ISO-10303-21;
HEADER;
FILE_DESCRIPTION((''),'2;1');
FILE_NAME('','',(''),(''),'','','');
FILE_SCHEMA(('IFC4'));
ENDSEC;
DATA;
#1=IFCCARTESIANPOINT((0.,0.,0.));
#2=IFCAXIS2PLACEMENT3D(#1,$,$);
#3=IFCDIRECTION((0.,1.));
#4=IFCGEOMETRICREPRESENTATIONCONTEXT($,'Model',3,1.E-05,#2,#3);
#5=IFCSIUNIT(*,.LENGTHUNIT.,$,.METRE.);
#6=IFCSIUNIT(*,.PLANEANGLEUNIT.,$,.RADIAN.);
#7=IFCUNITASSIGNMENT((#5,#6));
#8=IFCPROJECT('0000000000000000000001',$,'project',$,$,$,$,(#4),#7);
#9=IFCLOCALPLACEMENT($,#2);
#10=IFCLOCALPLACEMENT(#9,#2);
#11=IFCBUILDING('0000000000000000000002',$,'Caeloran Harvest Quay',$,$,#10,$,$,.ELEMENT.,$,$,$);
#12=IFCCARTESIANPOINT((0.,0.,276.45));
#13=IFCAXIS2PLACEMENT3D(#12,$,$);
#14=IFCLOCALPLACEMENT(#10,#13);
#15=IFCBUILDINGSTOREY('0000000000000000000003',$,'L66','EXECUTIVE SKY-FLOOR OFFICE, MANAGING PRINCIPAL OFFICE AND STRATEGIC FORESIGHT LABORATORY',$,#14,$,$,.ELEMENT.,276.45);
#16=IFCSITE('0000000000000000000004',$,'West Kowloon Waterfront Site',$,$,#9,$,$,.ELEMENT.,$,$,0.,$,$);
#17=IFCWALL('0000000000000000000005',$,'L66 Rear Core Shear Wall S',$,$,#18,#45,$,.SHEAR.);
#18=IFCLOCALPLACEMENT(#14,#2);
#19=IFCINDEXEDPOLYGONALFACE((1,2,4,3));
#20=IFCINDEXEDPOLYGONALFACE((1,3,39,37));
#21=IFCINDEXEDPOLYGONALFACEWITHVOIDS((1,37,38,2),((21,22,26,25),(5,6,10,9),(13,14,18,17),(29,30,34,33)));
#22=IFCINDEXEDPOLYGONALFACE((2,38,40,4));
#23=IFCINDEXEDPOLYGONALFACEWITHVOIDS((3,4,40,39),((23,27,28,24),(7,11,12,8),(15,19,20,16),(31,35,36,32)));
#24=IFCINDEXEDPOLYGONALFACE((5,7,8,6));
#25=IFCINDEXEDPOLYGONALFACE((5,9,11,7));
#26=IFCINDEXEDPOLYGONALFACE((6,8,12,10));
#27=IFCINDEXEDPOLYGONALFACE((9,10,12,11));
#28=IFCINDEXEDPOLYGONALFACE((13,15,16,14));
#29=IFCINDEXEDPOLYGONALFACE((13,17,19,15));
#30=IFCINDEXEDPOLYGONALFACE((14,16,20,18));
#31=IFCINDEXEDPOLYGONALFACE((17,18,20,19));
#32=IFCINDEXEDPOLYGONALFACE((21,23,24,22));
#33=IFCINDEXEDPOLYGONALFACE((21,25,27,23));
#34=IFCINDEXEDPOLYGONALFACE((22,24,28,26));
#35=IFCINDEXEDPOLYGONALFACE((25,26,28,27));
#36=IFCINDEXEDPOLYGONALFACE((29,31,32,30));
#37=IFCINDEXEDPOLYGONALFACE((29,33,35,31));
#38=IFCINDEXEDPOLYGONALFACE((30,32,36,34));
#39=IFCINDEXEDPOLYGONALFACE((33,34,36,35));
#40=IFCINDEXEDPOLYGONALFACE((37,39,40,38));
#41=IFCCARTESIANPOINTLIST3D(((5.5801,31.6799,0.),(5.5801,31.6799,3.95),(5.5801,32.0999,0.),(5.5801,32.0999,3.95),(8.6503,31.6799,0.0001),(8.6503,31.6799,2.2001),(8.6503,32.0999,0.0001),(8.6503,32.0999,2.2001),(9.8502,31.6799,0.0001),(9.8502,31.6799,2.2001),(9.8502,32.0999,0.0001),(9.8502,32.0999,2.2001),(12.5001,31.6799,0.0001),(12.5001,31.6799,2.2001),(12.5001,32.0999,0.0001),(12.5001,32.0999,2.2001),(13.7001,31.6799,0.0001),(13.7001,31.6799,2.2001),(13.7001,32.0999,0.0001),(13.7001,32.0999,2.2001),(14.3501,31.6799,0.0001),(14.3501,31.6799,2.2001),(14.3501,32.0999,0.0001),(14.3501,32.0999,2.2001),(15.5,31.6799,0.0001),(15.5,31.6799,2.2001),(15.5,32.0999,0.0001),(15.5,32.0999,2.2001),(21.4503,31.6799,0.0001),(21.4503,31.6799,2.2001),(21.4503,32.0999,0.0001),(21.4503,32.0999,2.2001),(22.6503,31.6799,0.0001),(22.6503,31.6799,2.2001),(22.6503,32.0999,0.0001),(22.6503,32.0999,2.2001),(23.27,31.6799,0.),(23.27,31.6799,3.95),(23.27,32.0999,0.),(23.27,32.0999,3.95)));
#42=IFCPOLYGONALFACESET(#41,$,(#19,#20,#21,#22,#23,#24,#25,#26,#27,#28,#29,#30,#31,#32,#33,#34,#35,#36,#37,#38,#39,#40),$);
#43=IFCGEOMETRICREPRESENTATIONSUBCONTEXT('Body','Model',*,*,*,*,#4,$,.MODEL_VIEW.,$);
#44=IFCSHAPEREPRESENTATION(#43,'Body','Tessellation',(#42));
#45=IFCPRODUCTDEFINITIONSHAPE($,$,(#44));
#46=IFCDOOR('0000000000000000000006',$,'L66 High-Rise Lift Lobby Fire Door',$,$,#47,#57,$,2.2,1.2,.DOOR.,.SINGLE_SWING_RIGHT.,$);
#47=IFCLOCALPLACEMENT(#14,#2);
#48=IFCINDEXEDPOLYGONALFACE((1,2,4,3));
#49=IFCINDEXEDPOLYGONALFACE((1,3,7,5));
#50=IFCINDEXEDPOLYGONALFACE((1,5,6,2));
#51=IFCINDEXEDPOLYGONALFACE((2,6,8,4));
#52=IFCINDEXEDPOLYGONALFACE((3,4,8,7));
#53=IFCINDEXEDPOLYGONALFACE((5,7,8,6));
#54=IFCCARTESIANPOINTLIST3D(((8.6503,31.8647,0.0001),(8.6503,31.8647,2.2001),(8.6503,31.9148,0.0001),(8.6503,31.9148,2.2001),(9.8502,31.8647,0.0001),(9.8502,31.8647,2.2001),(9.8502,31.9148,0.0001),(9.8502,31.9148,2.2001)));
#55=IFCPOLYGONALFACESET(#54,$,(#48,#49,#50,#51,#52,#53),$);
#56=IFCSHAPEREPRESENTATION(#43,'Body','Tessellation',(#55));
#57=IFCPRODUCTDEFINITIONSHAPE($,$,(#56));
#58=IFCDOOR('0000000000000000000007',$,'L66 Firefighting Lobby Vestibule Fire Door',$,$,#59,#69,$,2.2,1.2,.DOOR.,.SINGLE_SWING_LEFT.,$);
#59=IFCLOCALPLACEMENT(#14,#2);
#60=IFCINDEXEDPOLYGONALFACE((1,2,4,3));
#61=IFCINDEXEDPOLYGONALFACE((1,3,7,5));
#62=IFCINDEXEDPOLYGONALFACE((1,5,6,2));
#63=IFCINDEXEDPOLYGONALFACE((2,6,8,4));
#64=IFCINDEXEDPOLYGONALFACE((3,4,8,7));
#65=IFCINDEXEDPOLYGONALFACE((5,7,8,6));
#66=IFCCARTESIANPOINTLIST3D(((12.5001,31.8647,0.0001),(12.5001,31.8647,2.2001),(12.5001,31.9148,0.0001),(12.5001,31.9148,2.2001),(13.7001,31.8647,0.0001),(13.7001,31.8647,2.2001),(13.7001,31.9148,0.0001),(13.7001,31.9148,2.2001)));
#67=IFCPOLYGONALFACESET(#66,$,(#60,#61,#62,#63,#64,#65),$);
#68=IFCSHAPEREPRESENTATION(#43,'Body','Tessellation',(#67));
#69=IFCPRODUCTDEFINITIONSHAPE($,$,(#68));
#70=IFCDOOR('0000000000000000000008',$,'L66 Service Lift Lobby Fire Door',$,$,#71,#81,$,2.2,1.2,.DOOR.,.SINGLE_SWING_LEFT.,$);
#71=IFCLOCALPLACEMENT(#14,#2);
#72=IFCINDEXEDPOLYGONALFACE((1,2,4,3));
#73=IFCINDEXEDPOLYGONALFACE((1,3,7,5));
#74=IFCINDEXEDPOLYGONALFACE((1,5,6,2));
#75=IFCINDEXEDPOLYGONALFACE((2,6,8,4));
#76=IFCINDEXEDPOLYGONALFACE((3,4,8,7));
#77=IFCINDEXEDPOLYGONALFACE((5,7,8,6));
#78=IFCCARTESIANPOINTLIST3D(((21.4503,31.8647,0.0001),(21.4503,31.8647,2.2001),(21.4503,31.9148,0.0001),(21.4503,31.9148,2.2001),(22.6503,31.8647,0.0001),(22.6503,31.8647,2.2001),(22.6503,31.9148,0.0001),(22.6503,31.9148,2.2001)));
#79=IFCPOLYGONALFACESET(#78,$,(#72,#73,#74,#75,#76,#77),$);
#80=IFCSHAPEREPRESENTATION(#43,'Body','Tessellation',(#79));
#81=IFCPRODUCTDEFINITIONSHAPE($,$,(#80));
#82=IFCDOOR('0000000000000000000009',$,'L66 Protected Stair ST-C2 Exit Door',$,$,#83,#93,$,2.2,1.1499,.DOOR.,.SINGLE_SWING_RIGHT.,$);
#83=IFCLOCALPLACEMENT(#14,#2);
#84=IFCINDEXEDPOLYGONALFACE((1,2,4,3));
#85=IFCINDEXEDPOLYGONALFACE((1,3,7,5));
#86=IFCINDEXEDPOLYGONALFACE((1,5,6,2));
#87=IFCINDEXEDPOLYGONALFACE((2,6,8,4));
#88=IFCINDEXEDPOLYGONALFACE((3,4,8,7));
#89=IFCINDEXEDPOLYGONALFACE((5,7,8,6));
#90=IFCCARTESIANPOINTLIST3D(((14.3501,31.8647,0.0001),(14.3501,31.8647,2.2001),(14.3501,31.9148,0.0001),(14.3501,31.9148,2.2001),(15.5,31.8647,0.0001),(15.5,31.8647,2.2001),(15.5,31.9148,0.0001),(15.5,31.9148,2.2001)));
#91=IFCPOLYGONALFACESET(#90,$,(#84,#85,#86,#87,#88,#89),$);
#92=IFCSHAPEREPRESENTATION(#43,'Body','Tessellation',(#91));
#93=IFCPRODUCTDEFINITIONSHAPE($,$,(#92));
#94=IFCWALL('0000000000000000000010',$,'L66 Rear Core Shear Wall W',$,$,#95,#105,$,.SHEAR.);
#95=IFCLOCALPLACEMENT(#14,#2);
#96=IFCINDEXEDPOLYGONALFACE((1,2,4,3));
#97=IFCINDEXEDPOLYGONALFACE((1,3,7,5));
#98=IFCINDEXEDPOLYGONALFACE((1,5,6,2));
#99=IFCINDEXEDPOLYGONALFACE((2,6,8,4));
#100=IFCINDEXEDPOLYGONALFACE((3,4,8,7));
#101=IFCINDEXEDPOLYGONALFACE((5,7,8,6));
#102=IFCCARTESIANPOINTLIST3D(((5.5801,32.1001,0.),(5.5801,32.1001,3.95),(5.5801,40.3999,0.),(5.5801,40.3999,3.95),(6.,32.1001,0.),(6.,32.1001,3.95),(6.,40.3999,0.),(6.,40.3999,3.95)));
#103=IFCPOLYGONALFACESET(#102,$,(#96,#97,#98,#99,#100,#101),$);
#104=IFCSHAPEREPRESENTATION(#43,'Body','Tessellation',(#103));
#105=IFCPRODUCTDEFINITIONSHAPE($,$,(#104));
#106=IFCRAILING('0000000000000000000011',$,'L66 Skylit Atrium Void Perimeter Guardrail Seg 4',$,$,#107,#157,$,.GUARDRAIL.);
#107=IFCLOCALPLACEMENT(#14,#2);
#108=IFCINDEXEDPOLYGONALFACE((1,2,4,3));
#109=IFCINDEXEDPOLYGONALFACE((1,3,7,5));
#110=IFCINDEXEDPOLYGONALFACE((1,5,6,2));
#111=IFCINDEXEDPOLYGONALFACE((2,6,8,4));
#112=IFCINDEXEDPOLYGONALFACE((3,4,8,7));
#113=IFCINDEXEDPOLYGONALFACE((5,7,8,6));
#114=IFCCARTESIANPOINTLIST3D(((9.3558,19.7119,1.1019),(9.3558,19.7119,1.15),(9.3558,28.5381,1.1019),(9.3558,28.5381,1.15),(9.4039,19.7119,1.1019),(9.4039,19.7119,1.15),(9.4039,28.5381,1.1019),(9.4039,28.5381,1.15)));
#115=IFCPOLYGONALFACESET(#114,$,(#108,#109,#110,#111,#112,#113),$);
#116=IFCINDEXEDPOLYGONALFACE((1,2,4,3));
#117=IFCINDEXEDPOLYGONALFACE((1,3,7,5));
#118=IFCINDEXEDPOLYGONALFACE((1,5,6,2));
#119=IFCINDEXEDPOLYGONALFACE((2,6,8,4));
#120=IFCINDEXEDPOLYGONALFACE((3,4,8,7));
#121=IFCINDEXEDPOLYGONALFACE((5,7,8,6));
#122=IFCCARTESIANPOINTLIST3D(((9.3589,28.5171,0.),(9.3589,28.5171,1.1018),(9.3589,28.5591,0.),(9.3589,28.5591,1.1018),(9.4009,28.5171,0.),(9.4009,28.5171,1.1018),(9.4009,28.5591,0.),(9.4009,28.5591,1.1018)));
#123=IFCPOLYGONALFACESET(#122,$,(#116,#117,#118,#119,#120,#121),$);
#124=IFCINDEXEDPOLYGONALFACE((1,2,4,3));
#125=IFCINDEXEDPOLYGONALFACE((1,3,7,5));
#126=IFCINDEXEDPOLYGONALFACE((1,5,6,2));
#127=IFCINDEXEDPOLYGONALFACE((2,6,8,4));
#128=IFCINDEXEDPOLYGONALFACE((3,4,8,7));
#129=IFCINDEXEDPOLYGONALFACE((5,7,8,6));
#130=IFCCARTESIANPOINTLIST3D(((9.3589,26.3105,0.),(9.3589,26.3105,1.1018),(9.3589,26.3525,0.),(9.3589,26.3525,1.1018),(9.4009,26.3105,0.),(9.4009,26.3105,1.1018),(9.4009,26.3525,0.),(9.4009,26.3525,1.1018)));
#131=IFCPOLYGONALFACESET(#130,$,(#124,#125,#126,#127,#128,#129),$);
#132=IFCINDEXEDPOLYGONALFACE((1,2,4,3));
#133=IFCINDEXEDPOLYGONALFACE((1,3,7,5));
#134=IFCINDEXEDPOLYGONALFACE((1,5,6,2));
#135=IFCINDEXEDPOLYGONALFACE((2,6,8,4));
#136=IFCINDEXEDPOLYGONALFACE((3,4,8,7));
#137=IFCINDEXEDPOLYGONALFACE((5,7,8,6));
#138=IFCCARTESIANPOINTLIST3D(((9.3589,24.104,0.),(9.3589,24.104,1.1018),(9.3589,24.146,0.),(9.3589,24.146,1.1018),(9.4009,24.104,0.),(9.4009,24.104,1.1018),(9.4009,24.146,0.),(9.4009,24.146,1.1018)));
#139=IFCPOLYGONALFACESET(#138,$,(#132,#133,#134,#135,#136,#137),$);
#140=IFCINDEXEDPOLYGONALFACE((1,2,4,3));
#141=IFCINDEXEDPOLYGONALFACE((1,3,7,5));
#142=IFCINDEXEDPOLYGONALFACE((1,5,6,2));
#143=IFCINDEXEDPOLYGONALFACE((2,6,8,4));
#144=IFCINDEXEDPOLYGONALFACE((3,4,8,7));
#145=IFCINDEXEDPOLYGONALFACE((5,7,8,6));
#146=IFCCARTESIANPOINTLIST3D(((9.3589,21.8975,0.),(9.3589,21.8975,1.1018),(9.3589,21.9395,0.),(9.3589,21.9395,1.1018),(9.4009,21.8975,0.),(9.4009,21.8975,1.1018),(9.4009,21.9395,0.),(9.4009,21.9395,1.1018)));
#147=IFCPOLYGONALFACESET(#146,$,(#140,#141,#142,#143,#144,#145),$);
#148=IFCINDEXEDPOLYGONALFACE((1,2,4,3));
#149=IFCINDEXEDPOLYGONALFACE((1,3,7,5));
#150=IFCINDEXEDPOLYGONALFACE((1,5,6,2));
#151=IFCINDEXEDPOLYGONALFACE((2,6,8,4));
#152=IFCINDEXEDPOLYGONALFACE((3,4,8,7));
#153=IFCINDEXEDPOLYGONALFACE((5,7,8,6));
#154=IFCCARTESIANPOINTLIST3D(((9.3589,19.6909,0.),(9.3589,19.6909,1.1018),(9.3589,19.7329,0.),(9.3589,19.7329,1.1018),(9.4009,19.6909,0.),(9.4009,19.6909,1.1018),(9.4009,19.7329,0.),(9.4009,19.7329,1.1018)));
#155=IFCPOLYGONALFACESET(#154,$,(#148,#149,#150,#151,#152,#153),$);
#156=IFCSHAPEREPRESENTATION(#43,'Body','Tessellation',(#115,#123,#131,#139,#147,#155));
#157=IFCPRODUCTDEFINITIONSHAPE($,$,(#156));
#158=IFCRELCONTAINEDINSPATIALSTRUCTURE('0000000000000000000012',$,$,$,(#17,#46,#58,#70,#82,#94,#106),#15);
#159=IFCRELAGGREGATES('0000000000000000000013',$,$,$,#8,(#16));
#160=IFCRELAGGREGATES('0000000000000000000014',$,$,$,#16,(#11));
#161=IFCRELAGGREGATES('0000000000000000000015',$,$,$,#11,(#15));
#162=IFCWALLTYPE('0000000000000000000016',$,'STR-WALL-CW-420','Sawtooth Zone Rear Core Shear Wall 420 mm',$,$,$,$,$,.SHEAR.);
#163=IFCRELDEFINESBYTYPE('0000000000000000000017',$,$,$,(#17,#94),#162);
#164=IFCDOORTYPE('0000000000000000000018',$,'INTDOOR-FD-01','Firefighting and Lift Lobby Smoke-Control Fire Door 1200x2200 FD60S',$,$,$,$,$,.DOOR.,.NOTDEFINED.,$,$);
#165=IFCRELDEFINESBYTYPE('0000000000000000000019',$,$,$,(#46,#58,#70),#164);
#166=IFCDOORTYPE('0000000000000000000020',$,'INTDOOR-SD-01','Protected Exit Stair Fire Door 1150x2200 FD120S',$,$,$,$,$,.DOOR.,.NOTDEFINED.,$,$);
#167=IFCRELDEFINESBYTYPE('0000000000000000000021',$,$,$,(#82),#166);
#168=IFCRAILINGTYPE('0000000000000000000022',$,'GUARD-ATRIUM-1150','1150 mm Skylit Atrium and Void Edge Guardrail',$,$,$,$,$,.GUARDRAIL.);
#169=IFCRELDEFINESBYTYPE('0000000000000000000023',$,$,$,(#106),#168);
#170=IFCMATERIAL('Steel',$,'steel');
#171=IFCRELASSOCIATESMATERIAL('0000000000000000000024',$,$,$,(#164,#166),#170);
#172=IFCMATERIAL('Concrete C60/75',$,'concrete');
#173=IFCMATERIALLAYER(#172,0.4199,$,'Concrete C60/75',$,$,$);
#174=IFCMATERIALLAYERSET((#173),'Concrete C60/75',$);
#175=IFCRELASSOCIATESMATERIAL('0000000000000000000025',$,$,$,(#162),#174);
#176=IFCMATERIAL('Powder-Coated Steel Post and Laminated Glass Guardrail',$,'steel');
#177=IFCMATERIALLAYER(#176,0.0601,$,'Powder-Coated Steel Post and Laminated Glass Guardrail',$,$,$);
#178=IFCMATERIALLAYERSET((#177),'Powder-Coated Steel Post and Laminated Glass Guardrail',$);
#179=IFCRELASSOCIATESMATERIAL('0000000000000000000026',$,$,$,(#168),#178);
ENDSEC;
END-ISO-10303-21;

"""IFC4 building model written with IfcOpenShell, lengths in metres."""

from ifc_helpers import new_model, si_unit, direction, frame, frame_2d, origin, origin_2d, place, context, subcontext, project, spatial, rectangle, extrude, material, layer, layer_set, type_object, element, fill, save


model = new_model("IFC4")

# Units and contexts
model_context = context("Model", 3, precision=1e-05, world=origin(), true_north=direction((0.0, 1.0)))
body_context = subcontext(model_context, "Body", "Model", "MODEL_VIEW")
ifc_project = project(units=[si_unit("LENGTHUNIT", "METRE"), si_unit("PLANEANGLEUNIT", "RADIAN")], contexts=[model_context])

# Site, building, storey
site_placement = place(None, origin())
site = spatial("IfcSite", under=ifc_project, at=site_placement, Name="West Kowloon Waterfront Site", CompositionType="ELEMENT", RefElevation=0.0)
building_placement = place(site_placement, origin())
building = spatial("IfcBuilding", under=site, at=building_placement, Name="Caeloran Harvest Quay", CompositionType="ELEMENT")
storey_placement = place(building_placement, frame((0.0, 0.0, 276.45)))
storey = spatial("IfcBuildingStorey", under=building, at=storey_placement, Name="L66", Description="EXECUTIVE SKY-FLOOR OFFICE, MANAGING PRINCIPAL OFFICE AND STRATEGIC FORESIGHT LABORATORY", CompositionType="ELEMENT", Elevation=276.45)

# Shared definitions
ifc_material_1 = material(Name="Concrete C60/75", Category="concrete")

# Shared definitions
ifc_material_2 = material(Name="Steel", Category="steel")
door_type_1 = type_object("IfcDoorType", Name="INTDOOR-FD-01", Description="Firefighting and Lift Lobby Smoke-Control Fire Door 1200x2200 FD60S", OperationType="NOTDEFINED", PredefinedType="DOOR", material=ifc_material_2)

# Wall, openings, doors
ifc_layer_1 = layer(ifc_material_1, 0.4199, Name="Concrete C60/75")
ifc_layer_set_1 = layer_set([ifc_layer_1], Name="Concrete C60/75")
wall_type_1 = type_object("IfcWallType", Name="STR-WALL-CW-420", Description="Sawtooth Zone Rear Core Shear Wall 420 mm", PredefinedType="SHEAR", material=ifc_layer_set_1)
wall_1_placement = place(storey_placement, frame((5.5801, 31.8899, 0.0), z_axis=(0.0, 0.0, 1.0), x_axis=(1.0, 0.0, 0.0)))
wall_1 = element("IfcWall", 1, at=wall_1_placement, inside=storey, type_object=wall_type_1, Name="L66 Rear Core Shear Wall S", PredefinedType="SHEAR", context=body_context, shape_type="SweptSolid", body=[
    extrude(rectangle(XDim=17.6899, YDim=0.4199, at=frame_2d((8.845, 0.0))), origin(), (0.0, 0.0, 1.0), 3.95),
])
opening_1_placement = place(wall_1_placement, frame((3.0701, 0.0, 0.0)))
opening_1 = element("IfcOpeningElement", 2, at=opening_1_placement, cuts=wall_1, PredefinedType="OPENING", context=body_context, shape_type="SweptSolid", body=[
    extrude(rectangle(XDim=1.2, YDim=2.2, at=frame_2d((0.6001, 1.1001))), frame((0.0, 0.22, 0.0), z_axis=(0.0, -1.0, 0.0), x_axis=(1.0, 0.0, 0.0)), (0.0, 0.0, 1.0), 0.4399),
])
opening_2_placement = place(wall_1_placement, frame((6.9199, 0.0, 0.0)))
opening_2 = element("IfcOpeningElement", 3, at=opening_2_placement, cuts=wall_1, PredefinedType="OPENING", context=body_context, shape_type="SweptSolid", body=[
    extrude(rectangle(XDim=1.2, YDim=2.2, at=frame_2d((0.6001, 1.1001))), frame((0.0, 0.22, 0.0), z_axis=(0.0, -1.0, 0.0), x_axis=(1.0, 0.0, 0.0)), (0.0, 0.0, 1.0), 0.4399),
])
opening_3_placement = place(wall_1_placement, frame((8.77, 0.0, 0.0)))
opening_3 = element("IfcOpeningElement", 4, at=opening_3_placement, cuts=wall_1, PredefinedType="OPENING", context=body_context, shape_type="SweptSolid", body=[
    extrude(rectangle(XDim=1.1499, YDim=2.2, at=frame_2d((0.575, 1.1001))), frame((0.0, 0.22, 0.0), z_axis=(0.0, -1.0, 0.0), x_axis=(1.0, 0.0, 0.0)), (0.0, 0.0, 1.0), 0.4399),
])
opening_4_placement = place(wall_1_placement, frame((15.8701, 0.0, 0.0)))
opening_4 = element("IfcOpeningElement", 5, at=opening_4_placement, cuts=wall_1, PredefinedType="OPENING", context=body_context, shape_type="SweptSolid", body=[
    extrude(rectangle(XDim=1.2, YDim=2.2, at=frame_2d((0.6001, 1.1001))), frame((0.0, 0.22, 0.0), z_axis=(0.0, -1.0, 0.0), x_axis=(1.0, 0.0, 0.0)), (0.0, 0.0, 1.0), 0.4399),
])
door_1_placement = place(opening_1_placement, origin())
door_1 = element("IfcDoor", 6, at=door_1_placement, inside=storey, type_object=door_type_1, Name="L66 High-Rise Lift Lobby Fire Door", OperationType="SINGLE_SWING_RIGHT", OverallHeight=2.2, OverallWidth=1.2, PredefinedType="DOOR", context=body_context, shape_type="SweptSolid", body=[
    extrude(rectangle(XDim=1.2, YDim=2.2, at=frame_2d((0.6001, 1.1001))), frame((0.0, 0.0249, 0.0), z_axis=(0.0, -1.0, 0.0), x_axis=(1.0, 0.0, 0.0)), (0.0, 0.0, 1.0), 0.05),
])
fill(opening_1, door_1)
door_2_placement = place(opening_2_placement, origin())
door_2 = element("IfcDoor", 7, at=door_2_placement, inside=storey, type_object=door_type_1, Name="L66 Firefighting Lobby Vestibule Fire Door", OperationType="SINGLE_SWING_LEFT", OverallHeight=2.2, OverallWidth=1.2, PredefinedType="DOOR", context=body_context, shape_type="SweptSolid", body=[
    extrude(rectangle(XDim=1.2, YDim=2.2, at=frame_2d((0.6001, 1.1001))), frame((0.0, 0.0249, 0.0), z_axis=(0.0, -1.0, 0.0), x_axis=(1.0, 0.0, 0.0)), (0.0, 0.0, 1.0), 0.05),
])
fill(opening_2, door_2)
door_3_placement = place(opening_4_placement, origin())
door_3 = element("IfcDoor", 8, at=door_3_placement, inside=storey, type_object=door_type_1, Name="L66 Service Lift Lobby Fire Door", OperationType="SINGLE_SWING_LEFT", OverallHeight=2.2, OverallWidth=1.2, PredefinedType="DOOR", context=body_context, shape_type="SweptSolid", body=[
    extrude(rectangle(XDim=1.2, YDim=2.2, at=frame_2d((0.6001, 1.1001))), frame((0.0, 0.0249, 0.0), z_axis=(0.0, -1.0, 0.0), x_axis=(1.0, 0.0, 0.0)), (0.0, 0.0, 1.0), 0.05),
])
fill(opening_4, door_3)
door_type_2 = type_object("IfcDoorType", Name="INTDOOR-SD-01", Description="Protected Exit Stair Fire Door 1150x2200 FD120S", OperationType="NOTDEFINED", PredefinedType="DOOR", material=ifc_material_2)
door_4_placement = place(opening_3_placement, origin())
door_4 = element("IfcDoor", 9, at=door_4_placement, inside=storey, type_object=door_type_2, Name="L66 Protected Stair ST-C2 Exit Door", OperationType="SINGLE_SWING_RIGHT", OverallHeight=2.2, OverallWidth=1.1499, PredefinedType="DOOR", context=body_context, shape_type="SweptSolid", body=[
    extrude(rectangle(XDim=1.1499, YDim=2.2, at=frame_2d((0.575, 1.1001))), frame((0.0, 0.0249, 0.0), z_axis=(0.0, -1.0, 0.0), x_axis=(1.0, 0.0, 0.0)), (0.0, 0.0, 1.0), 0.05),
])
fill(opening_3, door_4)

# Wall
wall_2_placement = place(storey_placement, frame((5.79, 32.1001, 0.0), z_axis=(0.0, 0.0, 1.0), x_axis=(0.0, 1.0, 0.0)))
element("IfcWall", 10, at=wall_2_placement, inside=storey, type_object=wall_type_1, Name="L66 Rear Core Shear Wall W", PredefinedType="SHEAR", context=body_context, shape_type="SweptSolid", body=[
    extrude(rectangle(XDim=8.2998, YDim=0.4199, at=frame_2d((4.1499, 0.0))), origin(), (0.0, 0.0, 1.0), 3.95),
])

# Railing
ifc_material_3 = material(Name="Powder-Coated Steel Post and Laminated Glass Guardrail", Category="steel")
ifc_layer_2 = layer(ifc_material_3, 0.0601, Name="Powder-Coated Steel Post and Laminated Glass Guardrail")
ifc_layer_set_2 = layer_set([ifc_layer_2], Name="Powder-Coated Steel Post and Laminated Glass Guardrail")
railing_type = type_object("IfcRailingType", Name="GUARD-ATRIUM-1150", Description="1150 mm Skylit Atrium and Void Edge Guardrail", PredefinedType="GUARDRAIL", material=ifc_layer_set_2)
railing_placement = place(storey_placement, frame((9.3799, 28.5381, 0.0)))
element("IfcRailing", 11, at=railing_placement, inside=storey, type_object=railing_type, Name="L66 Skylit Atrium Void Perimeter Guardrail Seg 4", PredefinedType="GUARDRAIL", context=body_context, shape_type="SweptSolid", body=[
    extrude(rectangle(XDim=0.0481, YDim=0.0481, at=origin_2d()), frame((0.0, 0.0, 1.126), z_axis=(0.0, -1.0, 0.0), x_axis=(1.0, 0.0, 0.0)), (0.0, 0.0, 1.0), 8.8262),
    extrude(rectangle(XDim=0.042, YDim=0.042, at=origin_2d()), origin(), (0.0, 0.0, 1.0), 1.1018),
    extrude(rectangle(XDim=0.042, YDim=0.042, at=origin_2d()), frame((0.0, -2.2065, 0.0)), (0.0, 0.0, 1.0), 1.1018),
    extrude(rectangle(XDim=0.042, YDim=0.042, at=origin_2d()), frame((0.0, -4.4131, 0.0)), (0.0, 0.0, 1.0), 1.1018),
    extrude(rectangle(XDim=0.042, YDim=0.042, at=origin_2d()), frame((0.0, -6.6196, 0.0)), (0.0, 0.0, 1.0), 1.1018),
    extrude(rectangle(XDim=0.042, YDim=0.042, at=origin_2d()), frame((0.0, -8.8262, 0.0)), (0.0, 0.0, 1.0), 1.1018),
])

save(model, "model.ifc")
